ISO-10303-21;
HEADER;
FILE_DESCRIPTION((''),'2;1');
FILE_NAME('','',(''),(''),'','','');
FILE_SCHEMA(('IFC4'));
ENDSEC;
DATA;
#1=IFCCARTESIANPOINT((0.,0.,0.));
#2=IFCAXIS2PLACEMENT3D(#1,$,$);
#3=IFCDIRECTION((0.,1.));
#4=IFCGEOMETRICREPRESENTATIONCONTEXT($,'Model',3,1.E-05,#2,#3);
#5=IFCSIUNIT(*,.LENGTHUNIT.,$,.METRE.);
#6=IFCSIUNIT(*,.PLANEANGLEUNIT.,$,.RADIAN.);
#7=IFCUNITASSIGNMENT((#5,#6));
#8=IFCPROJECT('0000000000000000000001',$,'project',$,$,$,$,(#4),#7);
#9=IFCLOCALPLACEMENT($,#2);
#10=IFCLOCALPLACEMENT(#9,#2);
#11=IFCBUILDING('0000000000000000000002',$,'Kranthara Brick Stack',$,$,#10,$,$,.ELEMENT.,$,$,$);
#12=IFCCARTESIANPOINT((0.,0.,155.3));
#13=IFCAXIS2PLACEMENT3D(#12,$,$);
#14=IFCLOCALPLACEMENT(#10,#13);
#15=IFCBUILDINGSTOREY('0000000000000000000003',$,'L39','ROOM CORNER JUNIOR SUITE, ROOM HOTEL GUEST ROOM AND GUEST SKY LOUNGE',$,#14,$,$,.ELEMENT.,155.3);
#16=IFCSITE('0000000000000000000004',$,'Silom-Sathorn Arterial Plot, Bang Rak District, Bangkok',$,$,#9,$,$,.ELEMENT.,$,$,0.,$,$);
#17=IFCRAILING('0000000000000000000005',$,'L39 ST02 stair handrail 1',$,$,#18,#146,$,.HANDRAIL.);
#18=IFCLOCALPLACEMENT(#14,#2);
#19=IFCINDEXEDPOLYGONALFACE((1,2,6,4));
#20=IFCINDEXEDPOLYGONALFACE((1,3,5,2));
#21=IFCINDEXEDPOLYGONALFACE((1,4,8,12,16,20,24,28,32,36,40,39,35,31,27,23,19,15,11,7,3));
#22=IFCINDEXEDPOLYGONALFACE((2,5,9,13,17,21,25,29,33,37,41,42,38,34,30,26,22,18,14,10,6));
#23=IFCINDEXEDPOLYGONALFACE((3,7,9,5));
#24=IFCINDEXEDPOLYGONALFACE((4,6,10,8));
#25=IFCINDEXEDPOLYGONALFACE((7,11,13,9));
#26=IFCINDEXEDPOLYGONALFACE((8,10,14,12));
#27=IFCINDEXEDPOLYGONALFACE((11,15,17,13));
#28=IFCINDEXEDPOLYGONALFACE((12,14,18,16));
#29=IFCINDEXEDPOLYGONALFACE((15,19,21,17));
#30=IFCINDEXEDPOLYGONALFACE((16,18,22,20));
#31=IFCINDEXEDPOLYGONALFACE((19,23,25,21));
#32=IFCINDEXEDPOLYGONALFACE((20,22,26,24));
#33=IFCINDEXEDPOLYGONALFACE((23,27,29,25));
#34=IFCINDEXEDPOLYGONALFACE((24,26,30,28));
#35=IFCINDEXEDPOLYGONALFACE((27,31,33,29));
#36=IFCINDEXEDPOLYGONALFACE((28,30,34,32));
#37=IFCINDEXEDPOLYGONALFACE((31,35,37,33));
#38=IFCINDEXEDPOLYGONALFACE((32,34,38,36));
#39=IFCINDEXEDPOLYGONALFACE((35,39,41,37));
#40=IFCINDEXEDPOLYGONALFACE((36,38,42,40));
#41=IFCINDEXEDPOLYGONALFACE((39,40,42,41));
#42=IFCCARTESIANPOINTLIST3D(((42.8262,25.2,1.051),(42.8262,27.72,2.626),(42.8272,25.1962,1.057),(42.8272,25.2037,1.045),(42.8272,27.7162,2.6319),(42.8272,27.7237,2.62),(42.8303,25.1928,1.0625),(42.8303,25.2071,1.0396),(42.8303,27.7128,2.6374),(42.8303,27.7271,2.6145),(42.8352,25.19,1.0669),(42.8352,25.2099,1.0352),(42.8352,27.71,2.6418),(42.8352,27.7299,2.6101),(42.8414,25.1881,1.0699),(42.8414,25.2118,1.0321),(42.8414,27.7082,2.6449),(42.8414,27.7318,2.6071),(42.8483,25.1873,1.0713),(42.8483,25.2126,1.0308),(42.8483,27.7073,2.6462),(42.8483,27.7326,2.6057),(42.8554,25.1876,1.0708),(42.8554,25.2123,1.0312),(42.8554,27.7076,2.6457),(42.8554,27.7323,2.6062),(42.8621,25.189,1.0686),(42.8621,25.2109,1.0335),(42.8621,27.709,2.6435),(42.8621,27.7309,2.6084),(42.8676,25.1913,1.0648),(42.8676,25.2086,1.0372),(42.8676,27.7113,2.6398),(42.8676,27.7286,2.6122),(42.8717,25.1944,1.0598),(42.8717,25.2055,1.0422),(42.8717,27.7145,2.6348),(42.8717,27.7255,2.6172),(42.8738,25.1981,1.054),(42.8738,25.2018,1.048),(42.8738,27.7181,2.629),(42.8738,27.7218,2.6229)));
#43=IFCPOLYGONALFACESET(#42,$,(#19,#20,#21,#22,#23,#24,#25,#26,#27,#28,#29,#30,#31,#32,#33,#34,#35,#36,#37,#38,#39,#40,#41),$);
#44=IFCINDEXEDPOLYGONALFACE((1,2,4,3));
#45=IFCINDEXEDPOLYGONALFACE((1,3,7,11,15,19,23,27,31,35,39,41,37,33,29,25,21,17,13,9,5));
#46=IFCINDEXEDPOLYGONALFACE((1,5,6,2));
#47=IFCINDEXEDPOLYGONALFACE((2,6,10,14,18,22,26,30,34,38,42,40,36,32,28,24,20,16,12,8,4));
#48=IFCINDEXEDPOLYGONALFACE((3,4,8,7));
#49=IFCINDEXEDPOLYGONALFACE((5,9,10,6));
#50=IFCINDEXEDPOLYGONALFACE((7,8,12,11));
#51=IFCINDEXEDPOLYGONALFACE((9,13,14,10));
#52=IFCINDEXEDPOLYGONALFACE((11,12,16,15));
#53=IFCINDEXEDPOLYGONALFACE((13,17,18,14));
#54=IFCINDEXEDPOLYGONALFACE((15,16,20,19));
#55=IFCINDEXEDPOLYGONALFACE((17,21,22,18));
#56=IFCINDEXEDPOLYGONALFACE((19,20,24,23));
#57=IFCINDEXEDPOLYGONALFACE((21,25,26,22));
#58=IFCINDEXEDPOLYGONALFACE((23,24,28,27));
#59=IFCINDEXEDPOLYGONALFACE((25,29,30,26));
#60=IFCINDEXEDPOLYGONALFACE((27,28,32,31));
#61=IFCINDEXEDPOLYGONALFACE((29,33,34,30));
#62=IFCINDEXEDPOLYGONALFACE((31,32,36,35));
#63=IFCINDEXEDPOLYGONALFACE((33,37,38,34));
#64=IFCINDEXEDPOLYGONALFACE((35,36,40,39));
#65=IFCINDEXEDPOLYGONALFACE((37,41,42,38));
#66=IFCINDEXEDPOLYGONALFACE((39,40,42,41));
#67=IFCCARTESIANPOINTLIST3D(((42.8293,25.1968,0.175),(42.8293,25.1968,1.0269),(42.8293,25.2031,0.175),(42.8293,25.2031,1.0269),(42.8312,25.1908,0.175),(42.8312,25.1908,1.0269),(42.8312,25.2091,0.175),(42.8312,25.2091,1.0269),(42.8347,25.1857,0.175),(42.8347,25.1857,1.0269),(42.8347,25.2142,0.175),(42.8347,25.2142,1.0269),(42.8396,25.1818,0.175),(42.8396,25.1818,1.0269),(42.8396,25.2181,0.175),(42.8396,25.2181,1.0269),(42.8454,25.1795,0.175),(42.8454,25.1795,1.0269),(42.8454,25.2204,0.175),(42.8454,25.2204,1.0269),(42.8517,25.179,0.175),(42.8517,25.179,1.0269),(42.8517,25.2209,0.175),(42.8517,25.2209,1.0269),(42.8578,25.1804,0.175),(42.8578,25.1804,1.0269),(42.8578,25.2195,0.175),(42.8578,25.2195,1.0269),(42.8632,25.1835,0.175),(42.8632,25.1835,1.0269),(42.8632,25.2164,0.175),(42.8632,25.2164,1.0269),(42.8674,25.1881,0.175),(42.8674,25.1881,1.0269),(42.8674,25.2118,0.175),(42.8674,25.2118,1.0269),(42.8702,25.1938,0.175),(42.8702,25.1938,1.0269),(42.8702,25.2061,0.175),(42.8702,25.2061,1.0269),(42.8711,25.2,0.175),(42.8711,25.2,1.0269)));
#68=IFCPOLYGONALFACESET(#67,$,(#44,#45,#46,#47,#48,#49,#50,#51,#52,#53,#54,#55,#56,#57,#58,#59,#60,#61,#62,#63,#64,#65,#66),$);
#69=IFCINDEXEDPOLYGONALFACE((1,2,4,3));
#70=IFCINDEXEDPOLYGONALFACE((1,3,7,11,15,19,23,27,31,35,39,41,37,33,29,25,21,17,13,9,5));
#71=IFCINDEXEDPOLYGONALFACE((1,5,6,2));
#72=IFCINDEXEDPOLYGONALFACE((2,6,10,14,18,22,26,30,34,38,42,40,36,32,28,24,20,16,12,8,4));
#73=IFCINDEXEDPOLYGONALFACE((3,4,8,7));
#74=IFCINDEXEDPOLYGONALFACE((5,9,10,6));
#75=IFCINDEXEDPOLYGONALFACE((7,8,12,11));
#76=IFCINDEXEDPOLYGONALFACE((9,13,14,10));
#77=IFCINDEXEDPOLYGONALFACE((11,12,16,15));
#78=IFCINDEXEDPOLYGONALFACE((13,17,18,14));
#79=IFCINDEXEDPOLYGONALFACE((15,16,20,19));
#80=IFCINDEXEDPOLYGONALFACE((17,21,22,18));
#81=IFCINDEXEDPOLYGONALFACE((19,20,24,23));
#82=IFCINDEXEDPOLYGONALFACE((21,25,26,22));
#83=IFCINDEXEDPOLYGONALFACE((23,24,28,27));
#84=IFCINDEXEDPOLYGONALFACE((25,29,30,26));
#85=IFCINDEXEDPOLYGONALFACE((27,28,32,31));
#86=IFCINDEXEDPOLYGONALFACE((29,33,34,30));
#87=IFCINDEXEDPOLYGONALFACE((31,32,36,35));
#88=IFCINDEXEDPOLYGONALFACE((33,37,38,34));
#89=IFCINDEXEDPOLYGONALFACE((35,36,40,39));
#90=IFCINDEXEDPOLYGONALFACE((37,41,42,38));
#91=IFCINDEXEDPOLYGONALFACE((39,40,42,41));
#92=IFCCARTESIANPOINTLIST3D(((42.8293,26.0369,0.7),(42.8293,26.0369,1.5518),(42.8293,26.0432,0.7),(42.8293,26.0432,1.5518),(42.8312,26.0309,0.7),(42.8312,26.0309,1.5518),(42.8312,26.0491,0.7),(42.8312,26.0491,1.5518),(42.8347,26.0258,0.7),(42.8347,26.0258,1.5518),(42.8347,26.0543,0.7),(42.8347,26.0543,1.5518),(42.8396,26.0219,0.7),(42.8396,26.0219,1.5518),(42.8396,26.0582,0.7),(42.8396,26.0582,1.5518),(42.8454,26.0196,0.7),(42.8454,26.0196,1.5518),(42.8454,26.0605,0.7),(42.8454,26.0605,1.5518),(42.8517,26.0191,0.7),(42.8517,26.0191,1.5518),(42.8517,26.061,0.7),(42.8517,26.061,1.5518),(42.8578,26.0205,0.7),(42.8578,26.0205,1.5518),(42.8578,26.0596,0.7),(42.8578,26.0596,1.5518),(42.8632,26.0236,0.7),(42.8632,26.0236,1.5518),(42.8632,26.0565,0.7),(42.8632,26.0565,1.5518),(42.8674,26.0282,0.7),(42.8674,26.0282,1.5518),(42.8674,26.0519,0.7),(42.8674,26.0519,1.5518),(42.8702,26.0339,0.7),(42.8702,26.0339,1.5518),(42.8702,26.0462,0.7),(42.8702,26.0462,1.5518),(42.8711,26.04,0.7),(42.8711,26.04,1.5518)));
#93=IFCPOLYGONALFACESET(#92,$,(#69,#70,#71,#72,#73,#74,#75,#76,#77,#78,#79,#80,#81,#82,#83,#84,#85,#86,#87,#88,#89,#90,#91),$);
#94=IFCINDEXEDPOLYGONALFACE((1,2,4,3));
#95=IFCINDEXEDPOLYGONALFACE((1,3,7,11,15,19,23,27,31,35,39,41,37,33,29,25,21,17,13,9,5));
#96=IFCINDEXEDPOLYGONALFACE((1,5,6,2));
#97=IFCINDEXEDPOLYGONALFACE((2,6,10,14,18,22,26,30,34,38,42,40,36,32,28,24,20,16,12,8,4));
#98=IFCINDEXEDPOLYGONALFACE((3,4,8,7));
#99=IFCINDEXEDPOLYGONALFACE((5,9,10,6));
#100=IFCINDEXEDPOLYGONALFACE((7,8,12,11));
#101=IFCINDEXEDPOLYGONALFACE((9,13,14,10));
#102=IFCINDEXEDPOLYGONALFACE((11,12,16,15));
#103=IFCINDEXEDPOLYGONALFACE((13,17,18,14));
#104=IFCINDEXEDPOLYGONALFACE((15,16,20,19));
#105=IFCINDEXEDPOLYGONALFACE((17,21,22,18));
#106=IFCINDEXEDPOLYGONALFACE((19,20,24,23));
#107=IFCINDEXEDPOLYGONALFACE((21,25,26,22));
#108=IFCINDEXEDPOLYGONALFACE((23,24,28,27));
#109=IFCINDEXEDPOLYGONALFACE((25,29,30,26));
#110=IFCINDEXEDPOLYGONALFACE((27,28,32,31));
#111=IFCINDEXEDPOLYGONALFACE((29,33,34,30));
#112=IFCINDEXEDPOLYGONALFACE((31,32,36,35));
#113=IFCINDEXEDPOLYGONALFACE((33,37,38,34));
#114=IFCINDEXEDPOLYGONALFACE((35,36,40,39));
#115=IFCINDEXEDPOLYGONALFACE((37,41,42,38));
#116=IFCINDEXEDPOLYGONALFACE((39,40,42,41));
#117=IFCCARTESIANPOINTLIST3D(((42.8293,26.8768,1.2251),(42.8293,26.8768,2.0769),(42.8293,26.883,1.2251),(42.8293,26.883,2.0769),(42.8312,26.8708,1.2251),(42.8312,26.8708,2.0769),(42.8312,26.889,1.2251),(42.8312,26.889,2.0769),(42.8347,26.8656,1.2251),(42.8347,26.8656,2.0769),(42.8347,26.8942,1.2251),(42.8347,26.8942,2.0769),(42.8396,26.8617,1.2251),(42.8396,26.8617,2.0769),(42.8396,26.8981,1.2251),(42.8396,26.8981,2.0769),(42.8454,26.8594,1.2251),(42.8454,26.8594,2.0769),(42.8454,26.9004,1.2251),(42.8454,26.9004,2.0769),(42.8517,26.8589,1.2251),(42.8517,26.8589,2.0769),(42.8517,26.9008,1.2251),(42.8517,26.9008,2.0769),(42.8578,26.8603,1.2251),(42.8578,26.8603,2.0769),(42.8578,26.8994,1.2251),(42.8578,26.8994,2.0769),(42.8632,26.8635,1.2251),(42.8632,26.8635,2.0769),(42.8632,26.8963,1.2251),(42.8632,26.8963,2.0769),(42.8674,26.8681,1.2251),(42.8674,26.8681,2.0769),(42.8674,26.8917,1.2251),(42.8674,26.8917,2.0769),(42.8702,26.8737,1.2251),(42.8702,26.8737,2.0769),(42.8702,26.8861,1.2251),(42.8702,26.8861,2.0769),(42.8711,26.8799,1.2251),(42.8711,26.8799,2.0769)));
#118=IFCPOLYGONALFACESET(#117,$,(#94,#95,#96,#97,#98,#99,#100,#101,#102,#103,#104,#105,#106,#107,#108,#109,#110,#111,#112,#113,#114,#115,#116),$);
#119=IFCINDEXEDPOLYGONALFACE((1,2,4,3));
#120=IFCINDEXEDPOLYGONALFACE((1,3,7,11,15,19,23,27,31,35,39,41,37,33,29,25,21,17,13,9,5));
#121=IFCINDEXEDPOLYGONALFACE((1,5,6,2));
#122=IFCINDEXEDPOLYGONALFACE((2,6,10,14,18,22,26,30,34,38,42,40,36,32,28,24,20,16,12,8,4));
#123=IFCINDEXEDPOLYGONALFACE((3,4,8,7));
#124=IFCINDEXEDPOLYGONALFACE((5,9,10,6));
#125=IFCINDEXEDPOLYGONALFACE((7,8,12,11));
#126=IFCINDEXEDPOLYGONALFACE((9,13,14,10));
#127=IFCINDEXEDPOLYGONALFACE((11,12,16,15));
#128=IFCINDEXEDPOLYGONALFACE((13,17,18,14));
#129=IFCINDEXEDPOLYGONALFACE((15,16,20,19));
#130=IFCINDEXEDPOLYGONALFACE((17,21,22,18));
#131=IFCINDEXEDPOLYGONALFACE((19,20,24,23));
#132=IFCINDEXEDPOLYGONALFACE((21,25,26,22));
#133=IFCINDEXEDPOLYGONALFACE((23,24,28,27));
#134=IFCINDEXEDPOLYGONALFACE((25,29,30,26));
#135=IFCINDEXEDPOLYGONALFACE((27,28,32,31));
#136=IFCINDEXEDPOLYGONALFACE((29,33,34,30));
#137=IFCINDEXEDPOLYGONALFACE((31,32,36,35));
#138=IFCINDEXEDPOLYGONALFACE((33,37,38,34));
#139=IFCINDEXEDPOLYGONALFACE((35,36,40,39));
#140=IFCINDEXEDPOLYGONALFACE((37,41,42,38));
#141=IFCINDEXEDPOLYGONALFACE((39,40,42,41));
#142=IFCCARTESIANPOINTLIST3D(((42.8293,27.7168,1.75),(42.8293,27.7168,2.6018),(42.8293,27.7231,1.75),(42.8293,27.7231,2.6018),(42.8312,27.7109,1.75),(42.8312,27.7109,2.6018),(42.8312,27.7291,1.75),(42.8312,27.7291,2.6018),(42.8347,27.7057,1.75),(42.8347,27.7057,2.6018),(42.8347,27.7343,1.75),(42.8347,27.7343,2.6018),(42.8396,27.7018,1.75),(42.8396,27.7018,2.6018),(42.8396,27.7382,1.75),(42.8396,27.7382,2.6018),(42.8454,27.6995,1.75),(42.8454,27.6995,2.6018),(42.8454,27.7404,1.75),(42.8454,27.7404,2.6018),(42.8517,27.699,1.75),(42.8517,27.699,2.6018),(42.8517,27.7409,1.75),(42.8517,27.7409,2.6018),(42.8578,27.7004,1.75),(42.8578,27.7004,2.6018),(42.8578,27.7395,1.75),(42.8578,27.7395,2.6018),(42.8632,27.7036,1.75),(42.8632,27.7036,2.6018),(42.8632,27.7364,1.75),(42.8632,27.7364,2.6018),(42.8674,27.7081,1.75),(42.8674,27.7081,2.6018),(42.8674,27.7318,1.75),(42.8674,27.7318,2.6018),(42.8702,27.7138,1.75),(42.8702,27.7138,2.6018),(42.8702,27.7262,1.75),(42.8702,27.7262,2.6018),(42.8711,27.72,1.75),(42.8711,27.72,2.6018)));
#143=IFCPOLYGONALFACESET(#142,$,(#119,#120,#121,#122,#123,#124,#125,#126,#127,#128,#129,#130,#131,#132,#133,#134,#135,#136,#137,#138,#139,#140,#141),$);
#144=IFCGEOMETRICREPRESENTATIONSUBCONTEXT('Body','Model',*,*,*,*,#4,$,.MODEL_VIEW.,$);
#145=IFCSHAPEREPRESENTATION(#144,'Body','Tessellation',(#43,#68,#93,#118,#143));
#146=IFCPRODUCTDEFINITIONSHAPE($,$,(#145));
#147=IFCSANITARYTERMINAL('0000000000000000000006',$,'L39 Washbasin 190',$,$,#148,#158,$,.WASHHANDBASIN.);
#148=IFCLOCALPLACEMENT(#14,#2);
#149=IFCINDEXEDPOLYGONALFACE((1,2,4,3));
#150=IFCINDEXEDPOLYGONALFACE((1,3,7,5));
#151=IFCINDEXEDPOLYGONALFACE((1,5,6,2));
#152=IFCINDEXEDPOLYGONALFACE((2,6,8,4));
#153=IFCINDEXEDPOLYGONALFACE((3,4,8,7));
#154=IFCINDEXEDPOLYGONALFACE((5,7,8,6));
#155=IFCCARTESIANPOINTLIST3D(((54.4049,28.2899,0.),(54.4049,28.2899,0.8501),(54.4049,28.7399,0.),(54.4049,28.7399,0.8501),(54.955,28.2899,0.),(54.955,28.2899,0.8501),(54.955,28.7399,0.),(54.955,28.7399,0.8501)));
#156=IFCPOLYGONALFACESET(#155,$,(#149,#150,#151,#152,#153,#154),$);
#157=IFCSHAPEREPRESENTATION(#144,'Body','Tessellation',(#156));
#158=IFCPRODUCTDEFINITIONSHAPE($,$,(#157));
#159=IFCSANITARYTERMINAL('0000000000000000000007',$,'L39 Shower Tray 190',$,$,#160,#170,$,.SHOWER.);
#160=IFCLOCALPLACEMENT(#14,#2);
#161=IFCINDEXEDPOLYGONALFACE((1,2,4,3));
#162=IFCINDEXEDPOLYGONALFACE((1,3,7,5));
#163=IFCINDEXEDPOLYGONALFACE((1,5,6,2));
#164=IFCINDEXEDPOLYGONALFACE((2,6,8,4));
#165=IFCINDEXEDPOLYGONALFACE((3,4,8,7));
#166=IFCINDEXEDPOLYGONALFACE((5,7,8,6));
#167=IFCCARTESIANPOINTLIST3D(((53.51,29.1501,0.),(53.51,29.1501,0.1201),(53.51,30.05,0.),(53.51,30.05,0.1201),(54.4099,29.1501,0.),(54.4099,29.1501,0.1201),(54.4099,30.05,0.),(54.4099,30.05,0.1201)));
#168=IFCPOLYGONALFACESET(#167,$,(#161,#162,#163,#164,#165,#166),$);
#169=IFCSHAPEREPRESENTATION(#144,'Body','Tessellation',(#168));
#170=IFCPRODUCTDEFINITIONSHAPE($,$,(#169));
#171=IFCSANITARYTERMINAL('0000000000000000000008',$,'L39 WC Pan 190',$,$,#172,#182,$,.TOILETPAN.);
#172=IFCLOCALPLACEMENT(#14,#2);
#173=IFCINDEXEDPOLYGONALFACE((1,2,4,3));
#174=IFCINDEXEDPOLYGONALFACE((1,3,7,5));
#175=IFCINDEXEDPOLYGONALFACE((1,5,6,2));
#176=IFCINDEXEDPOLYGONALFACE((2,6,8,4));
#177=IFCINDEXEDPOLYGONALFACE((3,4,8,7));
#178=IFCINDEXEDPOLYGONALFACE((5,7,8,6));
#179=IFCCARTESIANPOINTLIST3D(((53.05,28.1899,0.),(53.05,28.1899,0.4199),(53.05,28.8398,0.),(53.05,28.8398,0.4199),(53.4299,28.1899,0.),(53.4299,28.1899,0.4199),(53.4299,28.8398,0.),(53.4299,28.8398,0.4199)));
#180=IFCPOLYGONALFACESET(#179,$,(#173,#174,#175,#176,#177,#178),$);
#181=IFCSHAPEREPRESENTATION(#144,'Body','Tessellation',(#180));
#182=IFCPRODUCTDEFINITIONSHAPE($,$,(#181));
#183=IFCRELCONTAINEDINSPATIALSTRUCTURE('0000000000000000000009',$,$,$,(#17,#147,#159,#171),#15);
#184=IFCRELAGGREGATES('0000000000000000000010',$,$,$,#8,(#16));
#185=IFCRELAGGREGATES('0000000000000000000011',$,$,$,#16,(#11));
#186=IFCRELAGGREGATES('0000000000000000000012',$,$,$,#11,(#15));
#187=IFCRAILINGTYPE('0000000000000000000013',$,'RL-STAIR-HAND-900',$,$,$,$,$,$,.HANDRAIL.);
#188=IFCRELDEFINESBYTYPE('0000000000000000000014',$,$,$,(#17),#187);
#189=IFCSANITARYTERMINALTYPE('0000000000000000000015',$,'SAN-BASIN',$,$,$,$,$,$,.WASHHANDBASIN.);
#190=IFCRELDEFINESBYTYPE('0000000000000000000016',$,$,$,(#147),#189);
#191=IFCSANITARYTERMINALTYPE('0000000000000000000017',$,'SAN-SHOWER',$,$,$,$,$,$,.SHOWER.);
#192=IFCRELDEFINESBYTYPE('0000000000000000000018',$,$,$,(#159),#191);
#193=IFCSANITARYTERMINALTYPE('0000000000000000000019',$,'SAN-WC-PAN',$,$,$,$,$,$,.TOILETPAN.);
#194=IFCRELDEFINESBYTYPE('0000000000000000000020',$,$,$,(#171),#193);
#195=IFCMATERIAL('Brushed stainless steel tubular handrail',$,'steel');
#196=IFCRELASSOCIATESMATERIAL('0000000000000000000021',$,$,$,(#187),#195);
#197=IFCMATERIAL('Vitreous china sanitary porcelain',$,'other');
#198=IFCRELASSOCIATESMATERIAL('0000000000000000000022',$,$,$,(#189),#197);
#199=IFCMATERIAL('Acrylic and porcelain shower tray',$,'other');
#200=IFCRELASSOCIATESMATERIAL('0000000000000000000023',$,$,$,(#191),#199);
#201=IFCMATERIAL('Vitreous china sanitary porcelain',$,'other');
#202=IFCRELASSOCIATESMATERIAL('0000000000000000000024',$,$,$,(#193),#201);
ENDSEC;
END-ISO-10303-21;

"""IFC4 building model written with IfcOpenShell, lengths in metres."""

from ifc_helpers import new_model, si_unit, direction, frame, origin, origin_2d, place, context, subcontext, project, spatial, rectangle, circle, extrude, material, type_object, element, save


model = new_model("IFC4")

# Units and contexts
model_context = context("Model", 3, precision=1e-05, world=origin(), true_north=direction((0.0, 1.0)))
body_context = subcontext(model_context, "Body", "Model", "MODEL_VIEW")
ifc_project = project(units=[si_unit("LENGTHUNIT", "METRE"), si_unit("PLANEANGLEUNIT", "RADIAN")], contexts=[model_context])

# Site, building, storey
site_placement = place(None, origin())
site = spatial("IfcSite", under=ifc_project, at=site_placement, Name="Silom-Sathorn Arterial Plot, Bang Rak District, Bangkok", CompositionType="ELEMENT", RefElevation=0.0)
building_placement = place(site_placement, origin())
building = spatial("IfcBuilding", under=site, at=building_placement, Name="Kranthara Brick Stack", CompositionType="ELEMENT")
storey_placement = place(building_placement, frame((0.0, 0.0, 155.3)))
storey = spatial("IfcBuildingStorey", under=building, at=storey_placement, Name="L39", Description="ROOM CORNER JUNIOR SUITE, ROOM HOTEL GUEST ROOM AND GUEST SKY LOUNGE", CompositionType="ELEMENT", Elevation=155.3)

# Railing
ifc_material_1 = material(Name="Brushed stainless steel tubular handrail", Category="steel")
railing_type_1 = type_object("IfcRailingType", Name="RL-STAIR-HAND-900", PredefinedType="HANDRAIL", material=ifc_material_1)
railing_1_placement = place(storey_placement, frame((42.8501, 25.2, 0.175)))
element("IfcRailing", 1, at=railing_1_placement, inside=storey, type_object=railing_type_1, Name="L39 ST02 stair handrail 1", PredefinedType="HANDRAIL", context=body_context, shape_type="SweptSolid", body=[
    extrude(circle(Radius=0.0239, at=origin_2d()), frame((0.0, 0.0, 0.876), z_axis=(0.0, 0.848008, 0.529984), x_axis=(-1.0, 0.0, 0.0)), (0.0, 0.0, 1.0), 2.9717),
    extrude(circle(Radius=0.021, at=origin_2d()), origin(), (0.0, 0.0, 1.0), 0.8518),
    extrude(circle(Radius=0.021, at=origin_2d()), frame((0.0, 0.8401, 0.5249)), (0.0, 0.0, 1.0), 0.8518),
    extrude(circle(Radius=0.021, at=origin_2d()), frame((0.0, 1.6799, 1.05)), (0.0, 0.0, 1.0), 0.8518),
    extrude(circle(Radius=0.021, at=origin_2d()), frame((0.0, 2.52, 1.575)), (0.0, 0.0, 1.0), 0.8518),
])

# Sanitary terminals
ifc_material_2 = material(Name="Vitreous china sanitary porcelain", Category="other")
sanitary_terminal_type_1 = type_object("IfcSanitaryTerminalType", Name="SAN-BASIN", PredefinedType="WASHHANDBASIN", material=ifc_material_2)
sanitary_terminal_1_placement = place(storey_placement, frame((54.6799, 28.5149, 0.0), z_axis=(0.0, 0.0, 1.0), x_axis=(1.0, 0.0, 0.0)))
element("IfcSanitaryTerminal", 2, at=sanitary_terminal_1_placement, inside=storey, type_object=sanitary_terminal_type_1, Name="L39 Washbasin 190", PredefinedType="WASHHANDBASIN", context=body_context, shape_type="SweptSolid", body=[
    extrude(rectangle(XDim=0.55, YDim=0.45, at=origin_2d()), origin(), (0.0, 0.0, 1.0), 0.8501),
])
ifc_material_3 = material(Name="Acrylic and porcelain shower tray", Category="other")
sanitary_terminal_type_2 = type_object("IfcSanitaryTerminalType", Name="SAN-SHOWER", PredefinedType="SHOWER", material=ifc_material_3)
sanitary_terminal_2_placement = place(storey_placement, frame((53.96, 29.6001, 0.0), z_axis=(0.0, 0.0, 1.0), x_axis=(1.0, 0.0, 0.0)))
element("IfcSanitaryTerminal", 3, at=sanitary_terminal_2_placement, inside=storey, type_object=sanitary_terminal_type_2, Name="L39 Shower Tray 190", PredefinedType="SHOWER", context=body_context, shape_type="SweptSolid", body=[
    extrude(rectangle(XDim=0.8999, YDim=0.8999, at=origin_2d()), origin(), (0.0, 0.0, 1.0), 0.1201),
])
ifc_material_4 = material(Name="Vitreous china sanitary porcelain", Category="other")
sanitary_terminal_type_3 = type_object("IfcSanitaryTerminalType", Name="SAN-WC-PAN", PredefinedType="TOILETPAN", material=ifc_material_4)
sanitary_terminal_3_placement = place(storey_placement, frame((53.24, 28.5149, 0.0), z_axis=(0.0, 0.0, 1.0), x_axis=(1.0, 0.0, 0.0)))
element("IfcSanitaryTerminal", 4, at=sanitary_terminal_3_placement, inside=storey, type_object=sanitary_terminal_type_3, Name="L39 WC Pan 190", PredefinedType="TOILETPAN", context=body_context, shape_type="SweptSolid", body=[
    extrude(rectangle(XDim=0.3799, YDim=0.6499, at=origin_2d()), origin(), (0.0, 0.0, 1.0), 0.4199),
])

save(model, "model.ifc")
